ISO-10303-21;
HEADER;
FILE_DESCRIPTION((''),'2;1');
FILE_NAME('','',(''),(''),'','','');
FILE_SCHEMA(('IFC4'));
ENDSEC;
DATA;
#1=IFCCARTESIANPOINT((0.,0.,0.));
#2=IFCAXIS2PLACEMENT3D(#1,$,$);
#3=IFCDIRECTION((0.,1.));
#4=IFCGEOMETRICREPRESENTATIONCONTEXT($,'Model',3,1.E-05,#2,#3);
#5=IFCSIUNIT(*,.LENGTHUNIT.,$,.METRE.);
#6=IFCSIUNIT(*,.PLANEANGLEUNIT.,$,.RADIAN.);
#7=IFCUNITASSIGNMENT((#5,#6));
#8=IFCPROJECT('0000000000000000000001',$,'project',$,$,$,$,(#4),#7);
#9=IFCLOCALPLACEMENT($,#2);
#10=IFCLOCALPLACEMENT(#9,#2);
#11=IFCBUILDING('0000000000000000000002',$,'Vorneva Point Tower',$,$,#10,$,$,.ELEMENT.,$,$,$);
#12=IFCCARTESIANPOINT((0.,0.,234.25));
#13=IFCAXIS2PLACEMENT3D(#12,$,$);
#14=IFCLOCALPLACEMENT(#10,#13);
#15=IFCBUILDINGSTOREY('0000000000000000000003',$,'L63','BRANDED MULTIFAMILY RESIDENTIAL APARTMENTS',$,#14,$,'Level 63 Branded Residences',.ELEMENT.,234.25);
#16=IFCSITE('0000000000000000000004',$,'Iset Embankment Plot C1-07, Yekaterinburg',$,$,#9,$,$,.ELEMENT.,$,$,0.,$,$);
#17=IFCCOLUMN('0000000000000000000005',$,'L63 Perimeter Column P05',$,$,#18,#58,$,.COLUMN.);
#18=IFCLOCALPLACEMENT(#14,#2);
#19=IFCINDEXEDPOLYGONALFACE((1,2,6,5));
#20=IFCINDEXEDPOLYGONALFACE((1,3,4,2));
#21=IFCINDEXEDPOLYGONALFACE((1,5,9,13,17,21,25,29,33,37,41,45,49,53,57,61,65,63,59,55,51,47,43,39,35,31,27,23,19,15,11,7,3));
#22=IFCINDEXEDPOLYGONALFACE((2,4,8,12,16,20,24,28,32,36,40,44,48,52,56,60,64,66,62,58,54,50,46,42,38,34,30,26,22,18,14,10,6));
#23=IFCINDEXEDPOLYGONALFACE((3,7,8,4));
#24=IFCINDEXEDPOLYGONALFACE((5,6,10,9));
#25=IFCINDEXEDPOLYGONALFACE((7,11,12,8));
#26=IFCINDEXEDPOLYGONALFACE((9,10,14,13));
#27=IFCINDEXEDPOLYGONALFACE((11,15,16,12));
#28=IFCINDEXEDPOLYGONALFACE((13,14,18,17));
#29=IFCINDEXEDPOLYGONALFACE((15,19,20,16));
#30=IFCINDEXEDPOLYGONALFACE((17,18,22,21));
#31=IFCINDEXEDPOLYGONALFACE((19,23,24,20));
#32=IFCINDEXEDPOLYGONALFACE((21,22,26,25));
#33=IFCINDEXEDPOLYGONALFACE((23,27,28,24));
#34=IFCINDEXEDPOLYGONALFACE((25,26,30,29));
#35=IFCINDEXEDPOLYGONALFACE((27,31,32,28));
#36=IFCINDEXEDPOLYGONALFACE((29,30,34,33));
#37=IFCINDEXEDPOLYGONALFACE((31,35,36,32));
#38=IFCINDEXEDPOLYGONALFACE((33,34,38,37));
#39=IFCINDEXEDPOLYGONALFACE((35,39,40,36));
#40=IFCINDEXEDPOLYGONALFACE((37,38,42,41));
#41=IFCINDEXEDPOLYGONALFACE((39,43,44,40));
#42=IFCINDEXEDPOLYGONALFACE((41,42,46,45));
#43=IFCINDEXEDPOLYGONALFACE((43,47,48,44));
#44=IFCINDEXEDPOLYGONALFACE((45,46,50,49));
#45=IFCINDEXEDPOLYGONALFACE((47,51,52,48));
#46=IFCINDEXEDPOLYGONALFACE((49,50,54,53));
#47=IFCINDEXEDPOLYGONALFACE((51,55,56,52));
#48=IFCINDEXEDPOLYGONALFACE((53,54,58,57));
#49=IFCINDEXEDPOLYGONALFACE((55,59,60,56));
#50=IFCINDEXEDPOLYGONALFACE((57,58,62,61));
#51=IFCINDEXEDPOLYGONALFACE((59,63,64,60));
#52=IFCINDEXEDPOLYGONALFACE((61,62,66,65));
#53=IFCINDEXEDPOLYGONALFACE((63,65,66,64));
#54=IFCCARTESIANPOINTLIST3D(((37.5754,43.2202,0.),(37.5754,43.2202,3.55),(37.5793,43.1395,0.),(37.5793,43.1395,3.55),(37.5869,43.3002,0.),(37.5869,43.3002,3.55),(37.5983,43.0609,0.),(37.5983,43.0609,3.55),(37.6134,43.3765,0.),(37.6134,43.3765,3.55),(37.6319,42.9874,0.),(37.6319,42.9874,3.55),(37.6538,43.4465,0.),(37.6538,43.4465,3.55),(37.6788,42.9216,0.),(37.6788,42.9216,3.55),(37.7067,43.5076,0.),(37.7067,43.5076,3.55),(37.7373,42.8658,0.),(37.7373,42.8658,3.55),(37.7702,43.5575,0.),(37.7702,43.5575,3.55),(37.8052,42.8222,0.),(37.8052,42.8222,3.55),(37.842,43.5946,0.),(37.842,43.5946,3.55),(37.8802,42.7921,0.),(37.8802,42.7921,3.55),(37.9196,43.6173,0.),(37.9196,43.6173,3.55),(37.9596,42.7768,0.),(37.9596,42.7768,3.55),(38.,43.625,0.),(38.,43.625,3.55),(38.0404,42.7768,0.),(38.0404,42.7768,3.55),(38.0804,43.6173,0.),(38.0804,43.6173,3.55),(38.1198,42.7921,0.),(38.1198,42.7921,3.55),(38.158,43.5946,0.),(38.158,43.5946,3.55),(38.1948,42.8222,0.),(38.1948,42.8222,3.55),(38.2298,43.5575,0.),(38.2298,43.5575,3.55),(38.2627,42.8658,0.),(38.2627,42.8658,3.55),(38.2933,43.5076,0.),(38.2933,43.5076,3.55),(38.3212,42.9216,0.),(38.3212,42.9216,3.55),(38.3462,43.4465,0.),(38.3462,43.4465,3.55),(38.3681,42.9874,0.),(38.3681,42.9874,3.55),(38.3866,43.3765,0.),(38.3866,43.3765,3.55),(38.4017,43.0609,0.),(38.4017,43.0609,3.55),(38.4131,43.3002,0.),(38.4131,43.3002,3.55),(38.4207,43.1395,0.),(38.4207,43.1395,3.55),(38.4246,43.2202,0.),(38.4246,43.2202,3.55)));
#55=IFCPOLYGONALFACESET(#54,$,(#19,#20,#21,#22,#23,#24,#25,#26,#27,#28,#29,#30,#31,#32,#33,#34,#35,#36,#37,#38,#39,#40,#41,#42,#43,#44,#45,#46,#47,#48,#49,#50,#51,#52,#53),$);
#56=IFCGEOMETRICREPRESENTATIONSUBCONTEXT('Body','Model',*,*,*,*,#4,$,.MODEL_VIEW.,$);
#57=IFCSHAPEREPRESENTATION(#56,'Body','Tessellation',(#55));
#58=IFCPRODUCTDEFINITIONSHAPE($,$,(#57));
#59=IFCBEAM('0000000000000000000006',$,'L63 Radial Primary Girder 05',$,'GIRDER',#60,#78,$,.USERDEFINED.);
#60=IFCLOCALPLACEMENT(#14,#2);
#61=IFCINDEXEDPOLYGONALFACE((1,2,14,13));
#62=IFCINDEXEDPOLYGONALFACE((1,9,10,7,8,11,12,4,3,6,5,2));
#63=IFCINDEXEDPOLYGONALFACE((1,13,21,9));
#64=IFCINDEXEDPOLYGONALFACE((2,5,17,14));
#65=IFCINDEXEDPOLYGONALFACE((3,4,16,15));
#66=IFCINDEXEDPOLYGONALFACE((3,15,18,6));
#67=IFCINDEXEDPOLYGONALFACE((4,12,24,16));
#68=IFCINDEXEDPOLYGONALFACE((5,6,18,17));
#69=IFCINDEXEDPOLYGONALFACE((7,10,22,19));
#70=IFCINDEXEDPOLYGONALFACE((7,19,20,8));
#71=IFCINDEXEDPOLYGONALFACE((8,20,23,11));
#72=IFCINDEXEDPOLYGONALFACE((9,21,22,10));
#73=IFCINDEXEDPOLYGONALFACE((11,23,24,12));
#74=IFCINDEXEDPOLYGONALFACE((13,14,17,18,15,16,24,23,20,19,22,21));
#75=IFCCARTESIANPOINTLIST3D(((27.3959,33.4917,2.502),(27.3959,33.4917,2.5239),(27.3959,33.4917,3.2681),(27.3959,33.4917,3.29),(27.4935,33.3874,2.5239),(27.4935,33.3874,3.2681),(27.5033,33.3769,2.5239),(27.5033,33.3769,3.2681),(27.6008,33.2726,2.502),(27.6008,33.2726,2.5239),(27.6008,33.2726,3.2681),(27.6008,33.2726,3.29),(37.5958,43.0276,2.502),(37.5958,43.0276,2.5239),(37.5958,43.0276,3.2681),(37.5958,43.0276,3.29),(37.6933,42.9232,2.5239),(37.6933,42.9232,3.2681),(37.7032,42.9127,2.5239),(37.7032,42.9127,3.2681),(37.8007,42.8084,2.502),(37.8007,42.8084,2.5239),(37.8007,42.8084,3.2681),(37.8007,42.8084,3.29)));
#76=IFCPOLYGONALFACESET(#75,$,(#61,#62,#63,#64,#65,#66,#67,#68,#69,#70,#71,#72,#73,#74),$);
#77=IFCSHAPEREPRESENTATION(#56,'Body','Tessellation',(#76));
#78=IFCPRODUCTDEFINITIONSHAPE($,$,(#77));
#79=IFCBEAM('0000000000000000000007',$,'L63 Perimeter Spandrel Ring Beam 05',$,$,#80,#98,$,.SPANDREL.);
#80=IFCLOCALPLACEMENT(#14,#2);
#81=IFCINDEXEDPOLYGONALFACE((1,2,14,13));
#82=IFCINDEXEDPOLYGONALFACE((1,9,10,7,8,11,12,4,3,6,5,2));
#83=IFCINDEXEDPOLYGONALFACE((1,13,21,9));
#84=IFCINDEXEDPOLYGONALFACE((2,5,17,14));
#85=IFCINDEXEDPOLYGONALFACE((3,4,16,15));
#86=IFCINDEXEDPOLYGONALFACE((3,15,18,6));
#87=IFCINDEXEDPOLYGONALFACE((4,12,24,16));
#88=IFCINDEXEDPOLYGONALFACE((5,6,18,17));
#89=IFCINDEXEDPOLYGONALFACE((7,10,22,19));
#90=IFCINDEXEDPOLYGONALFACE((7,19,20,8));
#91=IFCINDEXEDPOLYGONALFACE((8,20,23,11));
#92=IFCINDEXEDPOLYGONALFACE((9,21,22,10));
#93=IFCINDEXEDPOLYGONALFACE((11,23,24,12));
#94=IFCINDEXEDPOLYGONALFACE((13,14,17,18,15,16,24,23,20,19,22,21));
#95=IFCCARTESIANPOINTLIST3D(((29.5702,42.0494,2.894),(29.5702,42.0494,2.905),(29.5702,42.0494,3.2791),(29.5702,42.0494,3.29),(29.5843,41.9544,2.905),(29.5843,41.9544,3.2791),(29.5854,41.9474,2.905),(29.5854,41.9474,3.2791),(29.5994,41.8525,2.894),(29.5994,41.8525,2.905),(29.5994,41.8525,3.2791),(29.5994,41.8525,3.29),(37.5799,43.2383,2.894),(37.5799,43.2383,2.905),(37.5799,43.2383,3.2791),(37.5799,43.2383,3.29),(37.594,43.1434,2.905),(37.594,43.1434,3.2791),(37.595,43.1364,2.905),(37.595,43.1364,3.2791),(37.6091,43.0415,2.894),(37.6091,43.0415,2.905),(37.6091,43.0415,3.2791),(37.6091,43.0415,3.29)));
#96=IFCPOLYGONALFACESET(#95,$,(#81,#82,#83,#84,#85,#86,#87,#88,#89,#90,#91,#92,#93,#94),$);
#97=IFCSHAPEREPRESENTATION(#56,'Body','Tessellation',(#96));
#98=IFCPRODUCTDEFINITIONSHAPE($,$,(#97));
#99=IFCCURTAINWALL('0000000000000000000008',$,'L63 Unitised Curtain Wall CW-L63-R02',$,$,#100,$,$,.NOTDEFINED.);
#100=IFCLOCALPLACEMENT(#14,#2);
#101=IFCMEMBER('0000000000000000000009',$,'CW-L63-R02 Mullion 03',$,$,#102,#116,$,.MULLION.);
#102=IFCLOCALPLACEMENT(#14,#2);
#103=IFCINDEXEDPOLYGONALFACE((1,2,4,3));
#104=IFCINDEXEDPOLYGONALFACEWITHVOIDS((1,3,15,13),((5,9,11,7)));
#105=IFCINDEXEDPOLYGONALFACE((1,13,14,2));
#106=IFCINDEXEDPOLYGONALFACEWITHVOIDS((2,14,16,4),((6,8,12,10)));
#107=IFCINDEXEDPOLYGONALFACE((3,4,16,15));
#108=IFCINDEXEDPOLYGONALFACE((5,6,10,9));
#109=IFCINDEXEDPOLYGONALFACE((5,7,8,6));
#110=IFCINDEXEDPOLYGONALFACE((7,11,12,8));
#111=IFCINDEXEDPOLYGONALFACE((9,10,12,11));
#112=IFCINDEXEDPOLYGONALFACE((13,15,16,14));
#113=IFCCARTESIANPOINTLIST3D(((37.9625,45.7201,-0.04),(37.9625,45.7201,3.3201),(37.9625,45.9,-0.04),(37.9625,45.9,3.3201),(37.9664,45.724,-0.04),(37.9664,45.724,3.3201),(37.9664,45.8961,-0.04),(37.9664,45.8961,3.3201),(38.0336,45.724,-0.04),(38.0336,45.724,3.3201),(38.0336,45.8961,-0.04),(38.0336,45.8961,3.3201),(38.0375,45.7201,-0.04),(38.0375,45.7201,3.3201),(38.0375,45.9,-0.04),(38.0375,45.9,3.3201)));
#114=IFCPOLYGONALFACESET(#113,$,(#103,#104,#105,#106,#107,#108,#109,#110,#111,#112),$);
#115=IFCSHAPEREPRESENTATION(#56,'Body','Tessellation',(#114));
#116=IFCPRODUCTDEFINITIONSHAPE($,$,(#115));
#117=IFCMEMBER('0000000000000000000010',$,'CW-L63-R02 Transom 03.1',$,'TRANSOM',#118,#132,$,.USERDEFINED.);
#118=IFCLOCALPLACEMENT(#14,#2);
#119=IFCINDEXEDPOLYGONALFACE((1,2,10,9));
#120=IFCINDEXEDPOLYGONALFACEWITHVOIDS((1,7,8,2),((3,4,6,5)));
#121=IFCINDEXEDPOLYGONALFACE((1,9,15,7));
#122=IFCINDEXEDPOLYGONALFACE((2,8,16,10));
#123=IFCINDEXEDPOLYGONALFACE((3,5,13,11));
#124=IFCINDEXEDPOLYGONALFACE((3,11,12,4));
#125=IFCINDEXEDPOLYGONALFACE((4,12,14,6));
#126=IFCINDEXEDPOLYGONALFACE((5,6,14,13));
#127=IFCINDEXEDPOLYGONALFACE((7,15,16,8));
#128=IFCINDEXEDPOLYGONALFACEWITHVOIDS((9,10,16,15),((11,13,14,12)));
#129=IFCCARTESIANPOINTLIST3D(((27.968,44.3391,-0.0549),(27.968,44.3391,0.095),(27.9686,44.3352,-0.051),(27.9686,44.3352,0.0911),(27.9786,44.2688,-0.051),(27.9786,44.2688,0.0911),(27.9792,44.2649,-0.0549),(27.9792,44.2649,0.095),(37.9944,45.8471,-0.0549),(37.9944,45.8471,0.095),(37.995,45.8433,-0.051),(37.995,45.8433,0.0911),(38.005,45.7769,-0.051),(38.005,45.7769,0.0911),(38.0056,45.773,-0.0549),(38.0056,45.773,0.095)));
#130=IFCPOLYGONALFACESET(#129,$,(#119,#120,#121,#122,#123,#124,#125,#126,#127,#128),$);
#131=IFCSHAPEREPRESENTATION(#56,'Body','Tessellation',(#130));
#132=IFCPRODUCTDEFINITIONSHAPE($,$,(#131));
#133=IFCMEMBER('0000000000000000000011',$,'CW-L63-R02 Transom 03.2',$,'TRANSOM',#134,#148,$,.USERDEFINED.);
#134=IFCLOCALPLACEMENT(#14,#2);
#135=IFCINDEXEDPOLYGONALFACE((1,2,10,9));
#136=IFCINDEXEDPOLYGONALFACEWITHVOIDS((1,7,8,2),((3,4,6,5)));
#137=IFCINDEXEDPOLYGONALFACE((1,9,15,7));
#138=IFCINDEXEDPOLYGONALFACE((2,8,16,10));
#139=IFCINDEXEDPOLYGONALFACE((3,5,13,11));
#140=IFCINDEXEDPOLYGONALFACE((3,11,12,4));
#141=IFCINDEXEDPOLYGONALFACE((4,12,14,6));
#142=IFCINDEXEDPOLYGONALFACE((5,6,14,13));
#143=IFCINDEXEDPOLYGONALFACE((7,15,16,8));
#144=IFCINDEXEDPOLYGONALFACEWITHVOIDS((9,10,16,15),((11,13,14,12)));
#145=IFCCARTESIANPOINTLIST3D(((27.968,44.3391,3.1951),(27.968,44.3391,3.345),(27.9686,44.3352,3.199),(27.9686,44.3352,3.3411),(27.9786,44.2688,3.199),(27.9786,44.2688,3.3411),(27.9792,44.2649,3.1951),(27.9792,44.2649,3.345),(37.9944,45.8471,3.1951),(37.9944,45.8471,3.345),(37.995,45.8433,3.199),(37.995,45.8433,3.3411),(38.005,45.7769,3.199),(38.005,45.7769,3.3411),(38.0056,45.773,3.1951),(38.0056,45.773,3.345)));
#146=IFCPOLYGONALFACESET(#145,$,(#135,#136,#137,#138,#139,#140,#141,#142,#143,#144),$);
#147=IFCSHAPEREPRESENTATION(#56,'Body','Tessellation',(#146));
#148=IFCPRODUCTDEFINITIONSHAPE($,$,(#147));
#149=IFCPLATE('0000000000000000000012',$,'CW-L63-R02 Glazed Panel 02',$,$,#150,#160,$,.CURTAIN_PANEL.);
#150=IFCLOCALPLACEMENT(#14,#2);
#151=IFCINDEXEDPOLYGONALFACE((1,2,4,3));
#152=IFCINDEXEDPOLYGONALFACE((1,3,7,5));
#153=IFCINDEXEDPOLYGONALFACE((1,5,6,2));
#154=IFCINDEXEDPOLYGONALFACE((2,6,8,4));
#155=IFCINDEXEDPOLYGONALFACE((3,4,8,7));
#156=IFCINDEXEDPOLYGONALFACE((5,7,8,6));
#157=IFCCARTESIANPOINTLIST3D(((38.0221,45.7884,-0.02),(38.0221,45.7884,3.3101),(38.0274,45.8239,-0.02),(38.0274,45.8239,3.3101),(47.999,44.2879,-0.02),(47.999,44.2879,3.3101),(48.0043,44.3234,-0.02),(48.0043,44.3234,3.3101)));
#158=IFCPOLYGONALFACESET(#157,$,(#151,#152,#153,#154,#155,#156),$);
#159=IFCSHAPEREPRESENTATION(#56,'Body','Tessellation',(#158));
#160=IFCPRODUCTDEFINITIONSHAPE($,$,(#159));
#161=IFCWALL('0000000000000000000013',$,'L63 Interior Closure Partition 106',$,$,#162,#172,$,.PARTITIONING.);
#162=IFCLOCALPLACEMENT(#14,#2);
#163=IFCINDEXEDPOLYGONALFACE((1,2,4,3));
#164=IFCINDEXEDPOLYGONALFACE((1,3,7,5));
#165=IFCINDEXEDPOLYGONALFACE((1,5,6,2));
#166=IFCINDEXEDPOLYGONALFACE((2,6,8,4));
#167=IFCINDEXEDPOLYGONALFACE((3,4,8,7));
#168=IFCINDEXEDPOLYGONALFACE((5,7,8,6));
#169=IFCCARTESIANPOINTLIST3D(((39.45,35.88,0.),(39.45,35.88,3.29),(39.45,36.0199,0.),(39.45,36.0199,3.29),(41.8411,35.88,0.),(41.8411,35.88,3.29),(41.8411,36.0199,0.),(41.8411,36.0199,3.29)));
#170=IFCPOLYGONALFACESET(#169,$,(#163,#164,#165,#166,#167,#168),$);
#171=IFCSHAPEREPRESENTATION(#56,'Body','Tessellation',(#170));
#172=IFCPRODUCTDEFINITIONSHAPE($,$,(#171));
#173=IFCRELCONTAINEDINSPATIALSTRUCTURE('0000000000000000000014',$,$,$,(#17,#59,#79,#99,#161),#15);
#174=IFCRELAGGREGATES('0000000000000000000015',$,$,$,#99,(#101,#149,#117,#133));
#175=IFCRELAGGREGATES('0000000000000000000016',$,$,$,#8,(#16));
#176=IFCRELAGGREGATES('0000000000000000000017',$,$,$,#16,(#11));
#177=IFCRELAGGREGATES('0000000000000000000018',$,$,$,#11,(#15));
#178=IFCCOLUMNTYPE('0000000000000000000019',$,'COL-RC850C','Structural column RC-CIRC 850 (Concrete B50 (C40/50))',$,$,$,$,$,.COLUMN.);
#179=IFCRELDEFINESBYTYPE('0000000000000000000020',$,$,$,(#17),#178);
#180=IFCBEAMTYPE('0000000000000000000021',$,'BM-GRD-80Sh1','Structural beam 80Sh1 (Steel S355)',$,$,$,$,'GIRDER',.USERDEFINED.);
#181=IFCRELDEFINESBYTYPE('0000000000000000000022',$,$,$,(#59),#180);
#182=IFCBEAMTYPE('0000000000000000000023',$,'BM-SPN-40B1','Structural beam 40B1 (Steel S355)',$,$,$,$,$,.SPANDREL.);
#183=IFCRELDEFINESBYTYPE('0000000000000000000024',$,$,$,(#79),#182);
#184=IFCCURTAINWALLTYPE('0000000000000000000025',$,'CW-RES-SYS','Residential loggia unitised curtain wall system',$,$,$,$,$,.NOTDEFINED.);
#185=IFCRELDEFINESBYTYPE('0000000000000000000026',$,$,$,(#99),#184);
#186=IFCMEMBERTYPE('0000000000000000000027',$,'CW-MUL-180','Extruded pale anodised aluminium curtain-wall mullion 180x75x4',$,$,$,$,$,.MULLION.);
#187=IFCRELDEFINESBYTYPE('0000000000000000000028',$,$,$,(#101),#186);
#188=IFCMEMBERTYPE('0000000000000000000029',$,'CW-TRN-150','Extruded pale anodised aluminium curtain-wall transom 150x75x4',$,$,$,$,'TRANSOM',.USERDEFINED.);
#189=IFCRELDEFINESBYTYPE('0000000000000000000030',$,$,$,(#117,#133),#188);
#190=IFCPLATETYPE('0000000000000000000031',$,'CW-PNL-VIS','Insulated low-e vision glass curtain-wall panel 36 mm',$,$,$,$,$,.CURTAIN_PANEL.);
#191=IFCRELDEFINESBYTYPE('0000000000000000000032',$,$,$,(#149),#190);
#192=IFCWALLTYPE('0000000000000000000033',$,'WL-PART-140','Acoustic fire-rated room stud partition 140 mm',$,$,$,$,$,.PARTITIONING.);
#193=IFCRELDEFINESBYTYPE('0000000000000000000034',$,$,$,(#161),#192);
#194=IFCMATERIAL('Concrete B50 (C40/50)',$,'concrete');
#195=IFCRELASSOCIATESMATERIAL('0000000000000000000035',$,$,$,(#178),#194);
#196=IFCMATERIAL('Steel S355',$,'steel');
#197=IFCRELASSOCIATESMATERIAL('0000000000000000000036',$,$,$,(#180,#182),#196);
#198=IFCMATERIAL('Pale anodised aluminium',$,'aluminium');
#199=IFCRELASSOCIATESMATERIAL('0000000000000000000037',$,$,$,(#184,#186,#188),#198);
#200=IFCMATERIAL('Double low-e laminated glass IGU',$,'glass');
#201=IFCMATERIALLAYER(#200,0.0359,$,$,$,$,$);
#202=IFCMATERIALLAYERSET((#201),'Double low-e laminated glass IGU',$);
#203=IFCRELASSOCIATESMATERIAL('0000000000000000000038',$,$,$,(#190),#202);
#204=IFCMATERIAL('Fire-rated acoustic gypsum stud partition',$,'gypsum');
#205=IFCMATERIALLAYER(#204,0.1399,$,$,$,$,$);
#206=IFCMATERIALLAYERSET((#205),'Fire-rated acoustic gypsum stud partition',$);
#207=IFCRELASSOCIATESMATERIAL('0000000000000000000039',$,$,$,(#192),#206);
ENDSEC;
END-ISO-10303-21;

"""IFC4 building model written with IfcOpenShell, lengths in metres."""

from ifc_helpers import new_model, si_unit, direction, frame, frame_2d, origin, origin_2d, place, context, subcontext, project, spatial, rectangle, hollow_rectangle, circle, i_section, extrude, material, layer, layer_set, material_profile, profile_set, type_object, element, aggregate, save


model = new_model("IFC4")

# Units and contexts
model_context = context("Model", 3, precision=1e-05, world=origin(), true_north=direction((0.0, 1.0)))
body_context = subcontext(model_context, "Body", "Model", "MODEL_VIEW")
ifc_project = project(units=[si_unit("LENGTHUNIT", "METRE"), si_unit("PLANEANGLEUNIT", "RADIAN")], contexts=[model_context])

# Site, building, storey
site_placement = place(None, origin())
site = spatial("IfcSite", under=ifc_project, at=site_placement, Name="Iset Embankment Plot C1-07, Yekaterinburg", CompositionType="ELEMENT", RefElevation=0.0)
building_placement = place(site_placement, origin())
building = spatial("IfcBuilding", under=site, at=building_placement, Name="Vorneva Point Tower", CompositionType="ELEMENT")
storey_placement = place(building_placement, frame((0.0, 0.0, 234.25)))
storey = spatial("IfcBuildingStorey", under=building, at=storey_placement, Name="L63", Description="BRANDED MULTIFAMILY RESIDENTIAL APARTMENTS", LongName="Level 63 Branded Residences", CompositionType="ELEMENT", Elevation=234.25)

# Column
ifc_material_1 = material(Name="Concrete B50 (C40/50)", Category="concrete")
ifc_material_profile_1 = material_profile(ifc_material_1, circle(Radius=0.425, at=origin_2d()), Name="RC-CIRC 850")
ifc_profile_set_1 = profile_set([ifc_material_profile_1], Name="Concrete B50 (C40/50)")
column_type = type_object("IfcColumnType", Name="COL-RC850C", Description="Structural column RC-CIRC 850 (Concrete B50 (C40/50))", PredefinedType="COLUMN", material=ifc_profile_set_1)
column_placement = place(storey_placement, frame((38.0, 43.2, 0.0), z_axis=(0.0, 0.0, 1.0), x_axis=(0.0, 1.0, 0.0)))
element("IfcColumn", 1, at=column_placement, inside=storey, type_object=column_type, Name="L63 Perimeter Column P05", PredefinedType="COLUMN", context=body_context, shape_type="SweptSolid", body=[
    extrude(circle(Radius=0.425, at=origin_2d()), origin(), (0.0, 0.0, 1.0), 3.55),
])

# Beams
ifc_material_2 = material(Name="Steel S355", Category="steel")
ifc_material_profile_2 = material_profile(ifc_material_2, i_section(OverallWidth=0.3, OverallDepth=0.7881, WebThickness=0.0144, FlangeThickness=0.022, at=origin_2d()), Name="80Sh1")
ifc_profile_set_2 = profile_set([ifc_material_profile_2], Name="Steel S355")
beam_type_1 = type_object("IfcBeamType", Name="BM-GRD-80Sh1", Description="Structural beam 80Sh1 (Steel S355)", ElementType="GIRDER", PredefinedType="USERDEFINED", material=ifc_profile_set_2)
beam_1_placement = place(storey_placement, frame((37.6982, 42.918, 2.896), z_axis=(-0.730486, -0.682928, 0.0), x_axis=(0.682928, -0.730486, 0.0)))
element("IfcBeam", 2, at=beam_1_placement, inside=storey, type_object=beam_type_1, Name="L63 Radial Primary Girder 05", ObjectType="GIRDER", PredefinedType="USERDEFINED", context=body_context, shape_type="SweptSolid", body=[
    extrude(i_section(OverallWidth=0.3, OverallDepth=0.7881, WebThickness=0.0144, FlangeThickness=0.022, at=origin_2d()), origin(), (0.0, 0.0, 1.0), 13.9631),
])
ifc_material_profile_3 = material_profile(ifc_material_2, i_section(OverallWidth=0.199, OverallDepth=0.396, WebThickness=0.0071, FlangeThickness=0.011, at=origin_2d()), Name="40B1")
ifc_profile_set_3 = profile_set([ifc_material_profile_3], Name="Steel S355")
beam_type_2 = type_object("IfcBeamType", Name="BM-SPN-40B1", Description="Structural beam 40B1 (Steel S355)", PredefinedType="SPANDREL", material=ifc_profile_set_3)
beam_2_placement = place(storey_placement, frame((37.5945, 43.1399, 3.092), z_axis=(-0.989162, -0.146831, 0.0), x_axis=(0.146831, -0.989162, 0.0)))
element("IfcBeam", 3, at=beam_2_placement, inside=storey, type_object=beam_type_2, Name="L63 Perimeter Spandrel Ring Beam 05", PredefinedType="SPANDREL", context=body_context, shape_type="SweptSolid", body=[
    extrude(i_section(OverallWidth=0.199, OverallDepth=0.396, WebThickness=0.0071, FlangeThickness=0.011, at=origin_2d()), origin(), (0.0, 0.0, 1.0), 8.0974),
])

# Curtain wall, members, plate
ifc_material_3 = material(Name="Pale anodised aluminium", Category="aluminium")
curtain_wall_type = type_object("IfcCurtainWallType", Name="CW-RES-SYS", Description="Residential loggia unitised curtain wall system", PredefinedType="NOTDEFINED", material=ifc_material_3)
curtain_wall_placement = place(storey_placement, origin())
curtain_wall = element("IfcCurtainWall", 4, at=curtain_wall_placement, inside=storey, type_object=curtain_wall_type, Name="L63 Unitised Curtain Wall CW-L63-R02", PredefinedType="NOTDEFINED")
ifc_material_profile_4 = material_profile(ifc_material_3, hollow_rectangle(XDim=0.075, YDim=0.1799, WallThickness=0.0039, at=origin_2d()), Name="AL-MUL 180x75x4")
ifc_profile_set_4 = profile_set([ifc_material_profile_4], Name="Pale anodised aluminium")
member_type_1 = type_object("IfcMemberType", Name="CW-MUL-180", Description="Extruded pale anodised aluminium curtain-wall mullion 180x75x4", PredefinedType="MULLION", material=ifc_profile_set_4)
member_1_placement = place(storey_placement, frame((38.0, 45.8101, -0.04), z_axis=(0.0, 0.0, 1.0), x_axis=(1.0, 0.0, 0.0)))
member_1 = element("IfcMember", 5, at=member_1_placement, type_object=member_type_1, Name="CW-L63-R02 Mullion 03", PredefinedType="MULLION", context=body_context, shape_type="SweptSolid", body=[
    extrude(hollow_rectangle(XDim=0.075, YDim=0.1799, WallThickness=0.0039, at=origin_2d()), origin(), (0.0, 0.0, 1.0), 3.3601),
])
ifc_material_profile_5 = material_profile(ifc_material_3, hollow_rectangle(XDim=0.075, YDim=0.1499, WallThickness=0.0039, at=origin_2d()), Name="AL-TRN 150x75x4")
ifc_profile_set_5 = profile_set([ifc_material_profile_5], Name="Pale anodised aluminium")
member_type_2 = type_object("IfcMemberType", Name="CW-TRN-150", Description="Extruded pale anodised aluminium curtain-wall transom 150x75x4", ElementType="TRANSOM", PredefinedType="USERDEFINED", material=ifc_profile_set_5)
member_2_placement = place(storey_placement, frame((38.0, 45.8101, 0.02), z_axis=(-0.988877, -0.148736, 0.0), x_axis=(0.148736, -0.988877, 0.0)))
member_2 = element("IfcMember", 6, at=member_2_placement, type_object=member_type_2, Name="CW-L63-R02 Transom 03.1", ObjectType="TRANSOM", PredefinedType="USERDEFINED", context=body_context, shape_type="SweptSolid", body=[
    extrude(hollow_rectangle(XDim=0.075, YDim=0.1499, WallThickness=0.0039, at=origin_2d()), origin(), (0.0, 0.0, 1.0), 10.1392),
])
member_3_placement = place(storey_placement, frame((38.0, 45.8101, 3.27), z_axis=(-0.988877, -0.148736, 0.0), x_axis=(0.148736, -0.988877, 0.0)))
member_3 = element("IfcMember", 7, at=member_3_placement, type_object=member_type_2, Name="CW-L63-R02 Transom 03.2", ObjectType="TRANSOM", PredefinedType="USERDEFINED", context=body_context, shape_type="SweptSolid", body=[
    extrude(hollow_rectangle(XDim=0.075, YDim=0.1499, WallThickness=0.0039, at=origin_2d()), origin(), (0.0, 0.0, 1.0), 10.1392),
])
ifc_material_4 = material(Name="Double low-e laminated glass IGU", Category="glass")
ifc_layer_1 = layer(ifc_material_4, 0.0359)
ifc_layer_set_1 = layer_set([ifc_layer_1], Name="Double low-e laminated glass IGU")
plate_type = type_object("IfcPlateType", Name="CW-PNL-VIS", Description="Insulated low-e vision glass curtain-wall panel 36 mm", PredefinedType="CURTAIN_PANEL", material=ifc_layer_set_1)
plate_placement = place(storey_placement, frame((43.0132, 45.0559, -0.02), z_axis=(0.0, 0.0, 1.0), x_axis=(-0.988879, 0.148724, 0.0)))
plate = element("IfcPlate", 8, at=plate_placement, type_object=plate_type, Name="CW-L63-R02 Glazed Panel 02", PredefinedType="CURTAIN_PANEL", context=body_context, shape_type="SweptSolid", body=[
    extrude(rectangle(XDim=10.0891, YDim=0.0359, at=origin_2d()), origin(), (0.0, 0.0, 1.0), 3.3301),
])
aggregate(curtain_wall, [member_1, plate, member_2, member_3])

# Wall
ifc_material_5 = material(Name="Fire-rated acoustic gypsum stud partition", Category="gypsum")
ifc_layer_2 = layer(ifc_material_5, 0.1399)
ifc_layer_set_2 = layer_set([ifc_layer_2], Name="Fire-rated acoustic gypsum stud partition")
wall_type_1 = type_object("IfcWallType", Name="WL-PART-140", Description="Acoustic fire-rated room stud partition 140 mm", PredefinedType="PARTITIONING", material=ifc_layer_set_2)
wall_1_placement = place(storey_placement, frame((41.8411, 35.95, 0.0), z_axis=(0.0, 0.0, 1.0), x_axis=(-1.0, 0.0, 0.0)))
element("IfcWall", 9, at=wall_1_placement, inside=storey, type_object=wall_type_1, Name="L63 Interior Closure Partition 106", PredefinedType="PARTITIONING", context=body_context, shape_type="SweptSolid", body=[
    extrude(rectangle(XDim=2.3911, YDim=0.1399, at=frame_2d((1.1956, 0.0))), origin(), (0.0, 0.0, 1.0), 3.29),
])

save(model, "model.ifc")
